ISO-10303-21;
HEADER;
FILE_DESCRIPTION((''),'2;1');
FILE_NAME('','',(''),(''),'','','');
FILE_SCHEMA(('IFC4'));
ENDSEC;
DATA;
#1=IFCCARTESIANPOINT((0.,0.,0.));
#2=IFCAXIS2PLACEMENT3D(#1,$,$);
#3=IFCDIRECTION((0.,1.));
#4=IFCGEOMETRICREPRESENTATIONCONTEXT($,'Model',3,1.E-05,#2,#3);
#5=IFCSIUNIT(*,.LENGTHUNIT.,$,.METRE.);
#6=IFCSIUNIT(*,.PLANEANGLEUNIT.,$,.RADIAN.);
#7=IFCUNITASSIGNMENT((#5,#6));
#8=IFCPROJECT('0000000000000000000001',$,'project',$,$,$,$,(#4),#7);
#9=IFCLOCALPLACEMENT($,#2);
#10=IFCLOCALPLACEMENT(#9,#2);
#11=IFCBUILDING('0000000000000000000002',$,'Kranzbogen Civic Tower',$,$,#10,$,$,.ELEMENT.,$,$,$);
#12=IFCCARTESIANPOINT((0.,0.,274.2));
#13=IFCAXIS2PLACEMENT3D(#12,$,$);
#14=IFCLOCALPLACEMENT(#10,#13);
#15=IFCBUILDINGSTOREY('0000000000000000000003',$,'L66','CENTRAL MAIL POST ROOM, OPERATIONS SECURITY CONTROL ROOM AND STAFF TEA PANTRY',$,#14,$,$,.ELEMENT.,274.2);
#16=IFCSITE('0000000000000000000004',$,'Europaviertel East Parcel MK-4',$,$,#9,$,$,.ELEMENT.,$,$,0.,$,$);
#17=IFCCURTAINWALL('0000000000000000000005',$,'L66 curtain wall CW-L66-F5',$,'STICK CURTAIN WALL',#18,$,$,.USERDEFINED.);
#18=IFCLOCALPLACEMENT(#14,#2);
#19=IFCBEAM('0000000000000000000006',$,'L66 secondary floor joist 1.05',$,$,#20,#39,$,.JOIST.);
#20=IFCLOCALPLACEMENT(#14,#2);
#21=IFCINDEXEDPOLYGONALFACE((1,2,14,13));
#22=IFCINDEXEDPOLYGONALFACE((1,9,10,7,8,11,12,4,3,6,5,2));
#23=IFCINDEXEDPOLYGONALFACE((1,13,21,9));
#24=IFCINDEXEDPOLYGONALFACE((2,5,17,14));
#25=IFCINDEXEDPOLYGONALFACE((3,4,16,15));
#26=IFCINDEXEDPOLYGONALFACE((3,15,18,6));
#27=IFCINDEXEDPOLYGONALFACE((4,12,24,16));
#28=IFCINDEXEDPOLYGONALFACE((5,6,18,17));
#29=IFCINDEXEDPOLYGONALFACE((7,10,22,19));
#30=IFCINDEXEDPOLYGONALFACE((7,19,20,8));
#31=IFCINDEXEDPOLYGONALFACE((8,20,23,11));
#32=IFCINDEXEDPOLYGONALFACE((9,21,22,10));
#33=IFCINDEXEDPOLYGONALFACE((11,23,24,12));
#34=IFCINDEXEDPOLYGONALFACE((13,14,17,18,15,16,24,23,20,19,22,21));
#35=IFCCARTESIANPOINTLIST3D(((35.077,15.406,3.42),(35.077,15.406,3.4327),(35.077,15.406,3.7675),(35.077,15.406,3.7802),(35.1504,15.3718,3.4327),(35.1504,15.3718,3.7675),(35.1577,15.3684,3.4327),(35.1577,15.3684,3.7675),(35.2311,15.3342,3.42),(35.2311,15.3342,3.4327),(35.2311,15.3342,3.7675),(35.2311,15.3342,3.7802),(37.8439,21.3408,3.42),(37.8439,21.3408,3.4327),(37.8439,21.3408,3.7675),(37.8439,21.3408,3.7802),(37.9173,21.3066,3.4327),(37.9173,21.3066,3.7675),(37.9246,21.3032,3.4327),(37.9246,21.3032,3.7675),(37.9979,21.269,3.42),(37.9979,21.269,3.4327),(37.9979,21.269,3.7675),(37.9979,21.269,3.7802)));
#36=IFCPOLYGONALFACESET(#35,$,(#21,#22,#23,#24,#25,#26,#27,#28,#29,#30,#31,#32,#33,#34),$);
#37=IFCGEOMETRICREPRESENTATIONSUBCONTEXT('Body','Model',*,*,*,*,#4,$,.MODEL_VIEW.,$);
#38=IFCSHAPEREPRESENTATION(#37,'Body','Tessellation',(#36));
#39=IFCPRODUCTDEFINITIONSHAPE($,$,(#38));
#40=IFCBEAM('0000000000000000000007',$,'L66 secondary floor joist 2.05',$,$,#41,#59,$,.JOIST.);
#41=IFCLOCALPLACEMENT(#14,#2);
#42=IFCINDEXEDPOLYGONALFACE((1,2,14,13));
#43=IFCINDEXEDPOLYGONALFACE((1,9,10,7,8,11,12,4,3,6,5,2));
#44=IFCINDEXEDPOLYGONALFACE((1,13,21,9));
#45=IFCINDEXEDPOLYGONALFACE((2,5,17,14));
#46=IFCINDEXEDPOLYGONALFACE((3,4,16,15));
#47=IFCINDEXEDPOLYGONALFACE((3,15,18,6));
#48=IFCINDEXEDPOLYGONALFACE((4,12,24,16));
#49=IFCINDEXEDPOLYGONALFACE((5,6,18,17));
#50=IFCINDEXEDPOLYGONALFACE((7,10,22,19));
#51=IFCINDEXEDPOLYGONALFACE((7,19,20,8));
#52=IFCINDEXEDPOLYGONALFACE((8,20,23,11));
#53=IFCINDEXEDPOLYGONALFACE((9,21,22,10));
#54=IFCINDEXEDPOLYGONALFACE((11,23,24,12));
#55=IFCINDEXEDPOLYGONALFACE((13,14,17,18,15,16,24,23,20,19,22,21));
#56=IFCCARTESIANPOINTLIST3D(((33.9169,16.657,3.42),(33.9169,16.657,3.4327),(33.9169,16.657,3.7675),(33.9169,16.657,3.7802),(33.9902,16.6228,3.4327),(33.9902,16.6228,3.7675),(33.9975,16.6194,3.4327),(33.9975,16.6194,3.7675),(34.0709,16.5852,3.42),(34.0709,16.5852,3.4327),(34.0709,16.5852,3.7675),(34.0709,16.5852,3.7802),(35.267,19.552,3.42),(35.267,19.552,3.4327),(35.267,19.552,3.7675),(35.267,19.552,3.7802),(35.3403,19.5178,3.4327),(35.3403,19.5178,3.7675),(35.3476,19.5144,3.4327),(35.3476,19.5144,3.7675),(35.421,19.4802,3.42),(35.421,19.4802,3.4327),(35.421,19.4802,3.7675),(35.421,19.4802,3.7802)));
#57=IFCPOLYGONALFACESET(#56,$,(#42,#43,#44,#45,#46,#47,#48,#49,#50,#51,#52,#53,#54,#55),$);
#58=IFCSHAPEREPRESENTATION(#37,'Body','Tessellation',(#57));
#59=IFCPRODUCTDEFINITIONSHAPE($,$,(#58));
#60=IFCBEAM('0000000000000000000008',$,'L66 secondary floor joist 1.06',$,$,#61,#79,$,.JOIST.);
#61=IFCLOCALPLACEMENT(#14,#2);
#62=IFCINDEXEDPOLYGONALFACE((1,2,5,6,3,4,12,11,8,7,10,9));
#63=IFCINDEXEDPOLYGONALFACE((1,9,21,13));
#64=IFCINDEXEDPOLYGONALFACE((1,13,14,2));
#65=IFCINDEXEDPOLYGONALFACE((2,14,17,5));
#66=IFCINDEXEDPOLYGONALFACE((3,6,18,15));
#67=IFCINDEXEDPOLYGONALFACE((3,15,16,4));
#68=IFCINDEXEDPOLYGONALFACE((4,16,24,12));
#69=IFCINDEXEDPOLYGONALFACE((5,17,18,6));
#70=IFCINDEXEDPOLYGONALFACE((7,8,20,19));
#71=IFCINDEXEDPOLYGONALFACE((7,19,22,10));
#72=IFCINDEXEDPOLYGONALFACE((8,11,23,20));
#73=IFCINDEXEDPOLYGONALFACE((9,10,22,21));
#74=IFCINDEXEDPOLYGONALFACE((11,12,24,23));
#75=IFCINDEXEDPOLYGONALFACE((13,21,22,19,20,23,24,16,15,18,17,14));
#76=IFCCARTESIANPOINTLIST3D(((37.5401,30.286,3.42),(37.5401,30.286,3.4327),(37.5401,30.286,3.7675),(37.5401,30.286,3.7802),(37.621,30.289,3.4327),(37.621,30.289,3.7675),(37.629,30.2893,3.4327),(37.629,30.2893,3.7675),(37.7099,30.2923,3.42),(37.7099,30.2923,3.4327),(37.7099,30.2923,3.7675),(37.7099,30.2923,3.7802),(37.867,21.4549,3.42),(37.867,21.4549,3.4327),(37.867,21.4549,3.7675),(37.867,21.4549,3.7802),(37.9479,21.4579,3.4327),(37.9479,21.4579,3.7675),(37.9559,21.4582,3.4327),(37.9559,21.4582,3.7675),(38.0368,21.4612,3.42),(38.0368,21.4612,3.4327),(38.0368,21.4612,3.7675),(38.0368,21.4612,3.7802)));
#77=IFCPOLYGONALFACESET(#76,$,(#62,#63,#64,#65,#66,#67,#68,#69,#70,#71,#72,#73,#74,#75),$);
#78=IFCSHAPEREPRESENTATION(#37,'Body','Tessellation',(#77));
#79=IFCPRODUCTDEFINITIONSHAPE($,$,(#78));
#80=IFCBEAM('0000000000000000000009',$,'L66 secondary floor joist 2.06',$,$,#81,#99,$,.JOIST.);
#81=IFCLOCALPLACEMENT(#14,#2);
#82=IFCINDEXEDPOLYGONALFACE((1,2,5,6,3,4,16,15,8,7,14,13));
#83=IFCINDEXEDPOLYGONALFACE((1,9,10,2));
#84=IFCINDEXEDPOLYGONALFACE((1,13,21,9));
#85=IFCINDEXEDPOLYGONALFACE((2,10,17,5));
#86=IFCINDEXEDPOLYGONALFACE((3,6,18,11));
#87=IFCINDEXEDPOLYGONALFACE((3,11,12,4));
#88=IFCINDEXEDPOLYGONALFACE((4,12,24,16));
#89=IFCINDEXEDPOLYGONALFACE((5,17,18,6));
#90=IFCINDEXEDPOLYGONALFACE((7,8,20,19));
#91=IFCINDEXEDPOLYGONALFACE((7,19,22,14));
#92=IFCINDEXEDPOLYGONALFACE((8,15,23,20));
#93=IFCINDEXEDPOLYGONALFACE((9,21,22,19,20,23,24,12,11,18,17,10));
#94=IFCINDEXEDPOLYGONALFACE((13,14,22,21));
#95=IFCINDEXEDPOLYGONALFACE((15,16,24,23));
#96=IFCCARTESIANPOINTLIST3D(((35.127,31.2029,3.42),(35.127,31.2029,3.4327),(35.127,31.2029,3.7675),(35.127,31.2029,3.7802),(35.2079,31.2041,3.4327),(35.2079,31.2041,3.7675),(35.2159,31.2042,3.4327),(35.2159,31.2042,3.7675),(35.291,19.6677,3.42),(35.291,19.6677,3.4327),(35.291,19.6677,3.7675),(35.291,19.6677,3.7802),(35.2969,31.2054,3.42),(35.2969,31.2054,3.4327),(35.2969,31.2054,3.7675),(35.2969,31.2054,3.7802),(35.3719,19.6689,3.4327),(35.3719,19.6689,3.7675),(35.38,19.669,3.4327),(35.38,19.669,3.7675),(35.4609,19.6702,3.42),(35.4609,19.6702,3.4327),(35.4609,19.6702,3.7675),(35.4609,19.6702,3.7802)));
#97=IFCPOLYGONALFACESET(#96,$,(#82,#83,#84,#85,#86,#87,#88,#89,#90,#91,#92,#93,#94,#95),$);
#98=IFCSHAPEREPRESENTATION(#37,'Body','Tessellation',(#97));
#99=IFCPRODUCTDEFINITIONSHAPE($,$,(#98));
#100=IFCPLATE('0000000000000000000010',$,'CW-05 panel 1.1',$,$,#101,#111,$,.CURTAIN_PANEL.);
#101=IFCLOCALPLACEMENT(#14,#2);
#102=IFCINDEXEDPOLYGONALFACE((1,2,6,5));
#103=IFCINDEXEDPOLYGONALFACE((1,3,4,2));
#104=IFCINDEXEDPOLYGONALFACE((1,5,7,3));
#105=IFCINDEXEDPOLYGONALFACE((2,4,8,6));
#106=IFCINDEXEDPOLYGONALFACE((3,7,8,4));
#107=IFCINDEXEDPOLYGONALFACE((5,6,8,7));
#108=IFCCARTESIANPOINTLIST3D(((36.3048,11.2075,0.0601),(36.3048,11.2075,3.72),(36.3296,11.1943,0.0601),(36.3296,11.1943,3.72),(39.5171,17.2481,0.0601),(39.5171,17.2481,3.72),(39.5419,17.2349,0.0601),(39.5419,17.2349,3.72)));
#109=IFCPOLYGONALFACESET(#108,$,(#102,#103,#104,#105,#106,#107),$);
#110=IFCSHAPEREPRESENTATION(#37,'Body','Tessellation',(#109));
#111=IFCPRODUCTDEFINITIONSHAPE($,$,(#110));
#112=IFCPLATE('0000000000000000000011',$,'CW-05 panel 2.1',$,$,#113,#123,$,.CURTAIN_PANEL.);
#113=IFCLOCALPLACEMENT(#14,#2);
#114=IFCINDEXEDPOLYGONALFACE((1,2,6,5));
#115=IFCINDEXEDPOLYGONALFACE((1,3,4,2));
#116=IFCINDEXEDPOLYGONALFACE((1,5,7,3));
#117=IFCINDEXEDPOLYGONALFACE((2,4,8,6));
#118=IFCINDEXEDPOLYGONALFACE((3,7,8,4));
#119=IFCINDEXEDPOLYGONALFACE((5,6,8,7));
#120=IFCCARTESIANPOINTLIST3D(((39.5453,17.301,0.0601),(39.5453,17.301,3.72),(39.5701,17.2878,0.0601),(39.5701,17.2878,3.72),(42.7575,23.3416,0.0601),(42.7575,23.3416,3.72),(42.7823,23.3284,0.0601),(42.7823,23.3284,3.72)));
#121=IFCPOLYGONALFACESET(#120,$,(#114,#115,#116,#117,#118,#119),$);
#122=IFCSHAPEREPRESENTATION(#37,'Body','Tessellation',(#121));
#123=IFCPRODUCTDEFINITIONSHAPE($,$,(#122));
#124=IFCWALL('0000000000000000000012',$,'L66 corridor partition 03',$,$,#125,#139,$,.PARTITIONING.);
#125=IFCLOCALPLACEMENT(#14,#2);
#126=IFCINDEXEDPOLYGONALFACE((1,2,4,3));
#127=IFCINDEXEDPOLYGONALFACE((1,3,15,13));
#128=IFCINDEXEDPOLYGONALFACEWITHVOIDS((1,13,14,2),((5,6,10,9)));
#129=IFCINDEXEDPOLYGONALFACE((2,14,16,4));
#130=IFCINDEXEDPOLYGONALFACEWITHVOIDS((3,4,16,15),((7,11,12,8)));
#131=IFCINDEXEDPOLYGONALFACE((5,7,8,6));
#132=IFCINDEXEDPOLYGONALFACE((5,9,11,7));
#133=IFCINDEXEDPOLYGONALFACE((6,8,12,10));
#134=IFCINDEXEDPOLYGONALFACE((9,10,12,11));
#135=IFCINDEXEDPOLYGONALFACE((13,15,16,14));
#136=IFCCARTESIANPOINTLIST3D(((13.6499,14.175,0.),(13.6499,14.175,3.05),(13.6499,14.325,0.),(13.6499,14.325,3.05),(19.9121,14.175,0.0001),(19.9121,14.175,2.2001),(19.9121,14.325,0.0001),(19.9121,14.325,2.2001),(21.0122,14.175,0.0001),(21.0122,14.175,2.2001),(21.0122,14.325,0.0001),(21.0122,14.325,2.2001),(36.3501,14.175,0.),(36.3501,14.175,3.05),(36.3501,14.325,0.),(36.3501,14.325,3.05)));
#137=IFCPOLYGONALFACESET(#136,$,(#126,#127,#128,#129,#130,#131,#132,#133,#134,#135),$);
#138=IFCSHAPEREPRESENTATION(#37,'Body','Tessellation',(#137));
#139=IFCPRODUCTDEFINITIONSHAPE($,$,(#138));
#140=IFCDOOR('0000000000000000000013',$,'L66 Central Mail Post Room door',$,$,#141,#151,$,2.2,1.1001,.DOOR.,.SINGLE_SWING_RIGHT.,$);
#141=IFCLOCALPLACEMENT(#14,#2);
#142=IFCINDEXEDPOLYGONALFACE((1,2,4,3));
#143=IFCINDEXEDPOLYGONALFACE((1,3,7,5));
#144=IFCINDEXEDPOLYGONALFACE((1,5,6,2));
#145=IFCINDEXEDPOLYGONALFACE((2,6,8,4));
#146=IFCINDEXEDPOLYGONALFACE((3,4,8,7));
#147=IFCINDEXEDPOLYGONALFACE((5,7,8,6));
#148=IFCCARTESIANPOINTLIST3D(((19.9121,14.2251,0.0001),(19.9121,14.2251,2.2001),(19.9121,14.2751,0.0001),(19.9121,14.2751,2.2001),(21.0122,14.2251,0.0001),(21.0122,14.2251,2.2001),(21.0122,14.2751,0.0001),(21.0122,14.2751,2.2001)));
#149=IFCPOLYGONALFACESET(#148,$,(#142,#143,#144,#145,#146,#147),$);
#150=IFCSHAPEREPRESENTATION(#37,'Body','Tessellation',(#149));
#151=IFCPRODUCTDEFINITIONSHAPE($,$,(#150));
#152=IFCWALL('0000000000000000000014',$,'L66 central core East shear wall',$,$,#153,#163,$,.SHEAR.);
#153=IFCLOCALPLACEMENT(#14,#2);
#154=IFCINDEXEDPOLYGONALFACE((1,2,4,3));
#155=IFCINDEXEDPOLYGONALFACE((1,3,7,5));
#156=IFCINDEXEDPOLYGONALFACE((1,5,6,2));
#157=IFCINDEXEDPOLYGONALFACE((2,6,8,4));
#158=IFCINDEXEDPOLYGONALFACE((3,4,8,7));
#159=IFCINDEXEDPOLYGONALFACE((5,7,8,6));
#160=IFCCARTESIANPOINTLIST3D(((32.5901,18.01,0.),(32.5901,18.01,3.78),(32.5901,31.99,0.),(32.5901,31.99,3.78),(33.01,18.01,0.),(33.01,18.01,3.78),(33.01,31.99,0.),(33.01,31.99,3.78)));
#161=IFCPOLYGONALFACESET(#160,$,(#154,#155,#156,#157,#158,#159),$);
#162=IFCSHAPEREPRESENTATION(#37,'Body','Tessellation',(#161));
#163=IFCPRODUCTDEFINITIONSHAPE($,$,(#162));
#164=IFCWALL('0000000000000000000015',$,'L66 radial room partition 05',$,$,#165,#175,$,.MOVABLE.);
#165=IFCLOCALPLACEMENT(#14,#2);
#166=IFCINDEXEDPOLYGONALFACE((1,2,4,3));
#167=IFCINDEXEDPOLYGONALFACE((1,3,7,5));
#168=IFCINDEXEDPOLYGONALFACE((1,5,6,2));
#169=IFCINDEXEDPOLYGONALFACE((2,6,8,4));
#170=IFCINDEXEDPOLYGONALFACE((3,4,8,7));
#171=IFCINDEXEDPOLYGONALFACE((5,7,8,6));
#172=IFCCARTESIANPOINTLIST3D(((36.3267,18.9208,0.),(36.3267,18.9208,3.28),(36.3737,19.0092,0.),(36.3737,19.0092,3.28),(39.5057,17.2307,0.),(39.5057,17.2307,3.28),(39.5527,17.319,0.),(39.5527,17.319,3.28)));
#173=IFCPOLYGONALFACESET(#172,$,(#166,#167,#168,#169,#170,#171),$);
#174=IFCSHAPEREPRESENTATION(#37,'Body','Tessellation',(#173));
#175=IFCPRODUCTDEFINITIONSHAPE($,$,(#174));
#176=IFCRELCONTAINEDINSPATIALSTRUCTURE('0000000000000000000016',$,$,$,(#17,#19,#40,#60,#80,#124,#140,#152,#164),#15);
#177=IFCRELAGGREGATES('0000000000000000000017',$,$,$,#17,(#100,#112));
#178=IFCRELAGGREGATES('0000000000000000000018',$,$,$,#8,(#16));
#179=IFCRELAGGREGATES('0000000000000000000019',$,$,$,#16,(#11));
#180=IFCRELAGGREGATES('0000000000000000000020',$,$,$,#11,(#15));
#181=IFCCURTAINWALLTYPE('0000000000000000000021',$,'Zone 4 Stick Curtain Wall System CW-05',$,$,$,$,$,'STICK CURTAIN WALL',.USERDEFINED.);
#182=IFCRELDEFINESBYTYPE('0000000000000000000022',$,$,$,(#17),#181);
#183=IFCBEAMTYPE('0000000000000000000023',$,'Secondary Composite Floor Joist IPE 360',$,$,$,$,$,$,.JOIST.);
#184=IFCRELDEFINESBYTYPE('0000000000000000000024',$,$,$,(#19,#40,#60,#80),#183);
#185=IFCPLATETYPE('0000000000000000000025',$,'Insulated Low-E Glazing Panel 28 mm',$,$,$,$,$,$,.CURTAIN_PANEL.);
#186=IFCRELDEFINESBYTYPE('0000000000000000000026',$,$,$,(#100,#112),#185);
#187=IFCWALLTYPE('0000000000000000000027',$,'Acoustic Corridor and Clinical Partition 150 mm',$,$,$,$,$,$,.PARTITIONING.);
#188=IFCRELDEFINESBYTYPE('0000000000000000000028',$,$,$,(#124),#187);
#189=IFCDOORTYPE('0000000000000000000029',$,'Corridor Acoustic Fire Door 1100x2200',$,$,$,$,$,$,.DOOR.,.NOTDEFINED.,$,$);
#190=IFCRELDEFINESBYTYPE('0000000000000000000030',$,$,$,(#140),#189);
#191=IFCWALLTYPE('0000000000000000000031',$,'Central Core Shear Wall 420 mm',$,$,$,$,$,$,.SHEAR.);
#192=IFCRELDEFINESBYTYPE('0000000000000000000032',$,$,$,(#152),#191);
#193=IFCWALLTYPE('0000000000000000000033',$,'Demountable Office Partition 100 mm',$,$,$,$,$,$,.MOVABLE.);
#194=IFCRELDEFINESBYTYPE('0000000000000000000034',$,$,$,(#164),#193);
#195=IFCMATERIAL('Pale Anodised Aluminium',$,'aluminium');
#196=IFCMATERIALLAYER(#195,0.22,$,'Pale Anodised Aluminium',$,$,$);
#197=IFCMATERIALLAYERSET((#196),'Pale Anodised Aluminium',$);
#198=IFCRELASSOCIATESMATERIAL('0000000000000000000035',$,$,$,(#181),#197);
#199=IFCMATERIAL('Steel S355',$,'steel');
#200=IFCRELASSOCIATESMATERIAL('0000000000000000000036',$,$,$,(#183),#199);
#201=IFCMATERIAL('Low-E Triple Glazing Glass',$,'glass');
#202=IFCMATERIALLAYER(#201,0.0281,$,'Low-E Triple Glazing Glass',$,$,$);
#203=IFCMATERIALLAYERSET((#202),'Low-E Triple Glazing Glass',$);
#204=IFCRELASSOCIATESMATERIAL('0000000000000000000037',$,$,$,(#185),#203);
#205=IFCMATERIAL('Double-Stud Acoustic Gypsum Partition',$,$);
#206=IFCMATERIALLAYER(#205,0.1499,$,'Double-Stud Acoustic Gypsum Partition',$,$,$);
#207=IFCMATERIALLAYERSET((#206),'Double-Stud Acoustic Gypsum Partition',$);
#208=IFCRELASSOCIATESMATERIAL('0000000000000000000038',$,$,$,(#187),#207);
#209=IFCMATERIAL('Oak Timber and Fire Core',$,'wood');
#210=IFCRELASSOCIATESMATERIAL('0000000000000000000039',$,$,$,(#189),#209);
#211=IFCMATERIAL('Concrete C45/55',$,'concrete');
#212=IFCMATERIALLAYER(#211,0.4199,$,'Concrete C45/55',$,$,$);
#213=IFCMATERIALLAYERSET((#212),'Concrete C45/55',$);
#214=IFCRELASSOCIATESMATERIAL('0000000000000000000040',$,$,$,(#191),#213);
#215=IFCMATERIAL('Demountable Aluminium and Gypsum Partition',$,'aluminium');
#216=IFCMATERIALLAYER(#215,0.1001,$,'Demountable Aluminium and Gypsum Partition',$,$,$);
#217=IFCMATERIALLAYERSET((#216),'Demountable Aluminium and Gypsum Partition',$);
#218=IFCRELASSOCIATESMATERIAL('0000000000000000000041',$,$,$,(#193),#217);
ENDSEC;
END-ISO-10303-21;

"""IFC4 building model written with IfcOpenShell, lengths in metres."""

from ifc_helpers import new_model, si_unit, direction, frame, frame_2d, origin, origin_2d, place, context, subcontext, project, spatial, rectangle, i_section, extrude, material, layer, layer_set, material_profile, profile_set, type_object, element, fill, aggregate, save


model = new_model("IFC4")

# Units and contexts
model_context = context("Model", 3, precision=1e-05, world=origin(), true_north=direction((0.0, 1.0)))
body_context = subcontext(model_context, "Body", "Model", "MODEL_VIEW")
ifc_project = project(units=[si_unit("LENGTHUNIT", "METRE"), si_unit("PLANEANGLEUNIT", "RADIAN")], contexts=[model_context])

# Site, building, storey
site_placement = place(None, origin())
site = spatial("IfcSite", under=ifc_project, at=site_placement, Name="Europaviertel East Parcel MK-4", CompositionType="ELEMENT", RefElevation=0.0)
building_placement = place(site_placement, origin())
building = spatial("IfcBuilding", under=site, at=building_placement, Name="Kranzbogen Civic Tower", CompositionType="ELEMENT")
storey_placement = place(building_placement, frame((0.0, 0.0, 274.2)))
storey = spatial("IfcBuildingStorey", under=building, at=storey_placement, Name="L66", Description="CENTRAL MAIL POST ROOM, OPERATIONS SECURITY CONTROL ROOM AND STAFF TEA PANTRY", CompositionType="ELEMENT", Elevation=274.2)

# Shared definitions
ifc_material_1 = material(Name="Steel S355", Category="steel")

# Shared definitions
ifc_material_2 = material(Name="Pale Anodised Aluminium", Category="aluminium")
ifc_layer_1 = layer(ifc_material_2, 0.22, Name="Pale Anodised Aluminium")
ifc_layer_set_1 = layer_set([ifc_layer_1], Name="Pale Anodised Aluminium")
curtain_wall_type = type_object("IfcCurtainWallType", Name="Zone 4 Stick Curtain Wall System CW-05", ElementType="STICK CURTAIN WALL", PredefinedType="USERDEFINED", material=ifc_layer_set_1)

# Curtain wall
curtain_wall_1_placement = place(storey_placement, origin())
curtain_wall_1 = element("IfcCurtainWall", 1, at=curtain_wall_1_placement, inside=storey, type_object=curtain_wall_type, Name="L66 curtain wall CW-L66-F5", ObjectType="STICK CURTAIN WALL", PredefinedType="USERDEFINED")

# Beams
ifc_material_profile_1 = material_profile(ifc_material_1, i_section(OverallWidth=0.1699, OverallDepth=0.3601, WebThickness=0.0081, FlangeThickness=0.0127, at=origin_2d()), Name="IPE 360")
ifc_profile_set_1 = profile_set([ifc_material_profile_1], Name="Steel S355")
beam_type_1 = type_object("IfcBeamType", Name="Secondary Composite Floor Joist IPE 360", PredefinedType="JOIST", material=ifc_profile_set_1)
beam_1_placement = place(storey_placement, frame((35.1541, 15.3701, 3.6001), z_axis=(0.422543, 0.906343, 0.0), x_axis=(-0.906343, 0.422543, 0.0)))
element("IfcBeam", 2, at=beam_1_placement, inside=storey, type_object=beam_type_1, Name="L66 secondary floor joist 1.05", PredefinedType="JOIST", context=body_context, shape_type="SweptSolid", body=[
    extrude(i_section(OverallWidth=0.1699, OverallDepth=0.3601, WebThickness=0.0081, FlangeThickness=0.0127, at=origin_2d()), origin(), (0.0, 0.0, 1.0), 6.5481),
])
beam_2_placement = place(storey_placement, frame((33.9939, 16.6211, 3.6001), z_axis=(0.422651, 0.906292, 0.0), x_axis=(-0.906292, 0.422651, 0.0)))
element("IfcBeam", 3, at=beam_2_placement, inside=storey, type_object=beam_type_1, Name="L66 secondary floor joist 2.05", PredefinedType="JOIST", context=body_context, shape_type="SweptSolid", body=[
    extrude(i_section(OverallWidth=0.1699, OverallDepth=0.3601, WebThickness=0.0081, FlangeThickness=0.0127, at=origin_2d()), origin(), (0.0, 0.0, 1.0), 3.1943),
])
beam_3_placement = place(storey_placement, frame((37.9519, 21.458, 3.6001), z_axis=(-0.036992, 0.999316, 0.0), x_axis=(-0.999316, -0.036992, 0.0)))
element("IfcBeam", 4, at=beam_3_placement, inside=storey, type_object=beam_type_1, Name="L66 secondary floor joist 1.06", PredefinedType="JOIST", context=body_context, shape_type="SweptSolid", body=[
    extrude(i_section(OverallWidth=0.1699, OverallDepth=0.3601, WebThickness=0.0081, FlangeThickness=0.0127, at=origin_2d()), origin(), (0.0, 0.0, 1.0), 8.8372),
])
beam_4_placement = place(storey_placement, frame((35.376, 19.6689, 3.6001), z_axis=(-0.014221, 0.999899, 0.0), x_axis=(-0.999899, -0.014221, 0.0)))
element("IfcBeam", 5, at=beam_4_placement, inside=storey, type_object=beam_type_1, Name="L66 secondary floor joist 2.06", PredefinedType="JOIST", context=body_context, shape_type="SweptSolid", body=[
    extrude(i_section(OverallWidth=0.1699, OverallDepth=0.3601, WebThickness=0.0081, FlangeThickness=0.0127, at=origin_2d()), origin(), (0.0, 0.0, 1.0), 11.5364),
])

# Plates
ifc_material_3 = material(Name="Low-E Triple Glazing Glass", Category="glass")
ifc_layer_2 = layer(ifc_material_3, 0.0281, Name="Low-E Triple Glazing Glass")
ifc_layer_set_2 = layer_set([ifc_layer_2], Name="Low-E Triple Glazing Glass")
plate_type = type_object("IfcPlateType", Name="Insulated Low-E Glazing Panel 28 mm", PredefinedType="CURTAIN_PANEL", material=ifc_layer_set_2)
plate_1_placement = place(storey_placement, frame((37.9233, 14.2212, 0.0601), z_axis=(0.0, 0.0, 1.0), x_axis=(0.469521, 0.882921, 0.0)))
plate_1 = element("IfcPlate", 6, at=plate_1_placement, type_object=plate_type, Name="CW-05 panel 1.1", PredefinedType="CURTAIN_PANEL", context=body_context, shape_type="SweptSolid", body=[
    extrude(rectangle(XDim=6.8416, YDim=0.0281, at=origin_2d()), origin(), (0.0, 0.0, 1.0), 3.6599),
])
plate_2_placement = place(storey_placement, frame((41.1638, 20.3147, 0.0601), z_axis=(0.0, 0.0, 1.0), x_axis=(0.469521, 0.882921, 0.0)))
plate_2 = element("IfcPlate", 7, at=plate_2_placement, type_object=plate_type, Name="CW-05 panel 2.1", PredefinedType="CURTAIN_PANEL", context=body_context, shape_type="SweptSolid", body=[
    extrude(rectangle(XDim=6.8416, YDim=0.0281, at=origin_2d()), origin(), (0.0, 0.0, 1.0), 3.6599),
])
aggregate(curtain_wall_1, [plate_1, plate_2])

# Wall, opening, door
ifc_material_4 = material(Name="Double-Stud Acoustic Gypsum Partition")
ifc_layer_3 = layer(ifc_material_4, 0.1499, Name="Double-Stud Acoustic Gypsum Partition")
ifc_layer_set_3 = layer_set([ifc_layer_3], Name="Double-Stud Acoustic Gypsum Partition")
wall_type_1 = type_object("IfcWallType", Name="Acoustic Corridor and Clinical Partition 150 mm", PredefinedType="PARTITIONING", material=ifc_layer_set_3)
wall_1_placement = place(storey_placement, frame((36.3501, 14.25, 0.0), z_axis=(0.0, 0.0, 1.0), x_axis=(-1.0, 0.0, 0.0)))
wall_1 = element("IfcWall", 8, at=wall_1_placement, inside=storey, type_object=wall_type_1, Name="L66 corridor partition 03", PredefinedType="PARTITIONING", context=body_context, shape_type="SweptSolid", body=[
    extrude(rectangle(XDim=22.7002, YDim=0.1499, at=frame_2d((11.3501, 0.0))), origin(), (0.0, 0.0, 1.0), 3.05),
])
opening_placement = place(wall_1_placement, frame((15.3379, 0.0, 0.0)))
opening = element("IfcOpeningElement", 9, at=opening_placement, cuts=wall_1, PredefinedType="OPENING", context=body_context, shape_type="SweptSolid", body=[
    extrude(rectangle(XDim=1.1001, YDim=2.2, at=frame_2d((0.55, 1.1001))), frame((0.0, 0.085, 0.0), z_axis=(0.0, -1.0, 0.0), x_axis=(1.0, 0.0, 0.0)), (0.0, 0.0, 1.0), 0.1699),
])
ifc_material_5 = material(Name="Oak Timber and Fire Core", Category="wood")
door_type = type_object("IfcDoorType", Name="Corridor Acoustic Fire Door 1100x2200", OperationType="NOTDEFINED", PredefinedType="DOOR", material=ifc_material_5)
door_placement = place(opening_placement, origin())
door = element("IfcDoor", 10, at=door_placement, inside=storey, type_object=door_type, Name="L66 Central Mail Post Room door", OperationType="SINGLE_SWING_RIGHT", OverallHeight=2.2, OverallWidth=1.1001, PredefinedType="DOOR", context=body_context, shape_type="SweptSolid", body=[
    extrude(rectangle(XDim=1.1001, YDim=2.2, at=frame_2d((0.55, 1.1001))), frame((0.0, 0.0249, 0.0), z_axis=(0.0, -1.0, 0.0), x_axis=(1.0, 0.0, 0.0)), (0.0, 0.0, 1.0), 0.05),
])
fill(opening, door)

# Walls
ifc_material_6 = material(Name="Concrete C45/55", Category="concrete")
ifc_layer_4 = layer(ifc_material_6, 0.4199, Name="Concrete C45/55")
ifc_layer_set_4 = layer_set([ifc_layer_4], Name="Concrete C45/55")
wall_type_2 = type_object("IfcWallType", Name="Central Core Shear Wall 420 mm", PredefinedType="SHEAR", material=ifc_layer_set_4)
wall_2_placement = place(storey_placement, frame((32.8, 18.01, 0.0), z_axis=(0.0, 0.0, 1.0), x_axis=(0.0, 1.0, 0.0)))
element("IfcWall", 11, at=wall_2_placement, inside=storey, type_object=wall_type_2, Name="L66 central core East shear wall", PredefinedType="SHEAR", context=body_context, shape_type="SweptSolid", body=[
    extrude(rectangle(XDim=13.98, YDim=0.4199, at=frame_2d((6.99, 0.0))), origin(), (0.0, 0.0, 1.0), 3.78),
])
ifc_material_7 = material(Name="Demountable Aluminium and Gypsum Partition", Category="aluminium")
ifc_layer_5 = layer(ifc_material_7, 0.1001, Name="Demountable Aluminium and Gypsum Partition")
ifc_layer_set_5 = layer_set([ifc_layer_5], Name="Demountable Aluminium and Gypsum Partition")
wall_type_3 = type_object("IfcWallType", Name="Demountable Office Partition 100 mm", PredefinedType="MOVABLE", material=ifc_layer_set_5)
wall_3_placement = place(storey_placement, frame((36.3501, 18.9651, 0.0), z_axis=(0.0, 0.0, 1.0), x_axis=(0.882959, -0.469451, 0.0)))
element("IfcWall", 12, at=wall_3_placement, inside=storey, type_object=wall_type_3, Name="L66 radial room partition 05", PredefinedType="MOVABLE", context=body_context, shape_type="SweptSolid", body=[
    extrude(rectangle(XDim=3.6003, YDim=0.1001, at=frame_2d((1.8003, 0.0))), origin(), (0.0, 0.0, 1.0), 3.28),
])

save(model, "model.ifc")
